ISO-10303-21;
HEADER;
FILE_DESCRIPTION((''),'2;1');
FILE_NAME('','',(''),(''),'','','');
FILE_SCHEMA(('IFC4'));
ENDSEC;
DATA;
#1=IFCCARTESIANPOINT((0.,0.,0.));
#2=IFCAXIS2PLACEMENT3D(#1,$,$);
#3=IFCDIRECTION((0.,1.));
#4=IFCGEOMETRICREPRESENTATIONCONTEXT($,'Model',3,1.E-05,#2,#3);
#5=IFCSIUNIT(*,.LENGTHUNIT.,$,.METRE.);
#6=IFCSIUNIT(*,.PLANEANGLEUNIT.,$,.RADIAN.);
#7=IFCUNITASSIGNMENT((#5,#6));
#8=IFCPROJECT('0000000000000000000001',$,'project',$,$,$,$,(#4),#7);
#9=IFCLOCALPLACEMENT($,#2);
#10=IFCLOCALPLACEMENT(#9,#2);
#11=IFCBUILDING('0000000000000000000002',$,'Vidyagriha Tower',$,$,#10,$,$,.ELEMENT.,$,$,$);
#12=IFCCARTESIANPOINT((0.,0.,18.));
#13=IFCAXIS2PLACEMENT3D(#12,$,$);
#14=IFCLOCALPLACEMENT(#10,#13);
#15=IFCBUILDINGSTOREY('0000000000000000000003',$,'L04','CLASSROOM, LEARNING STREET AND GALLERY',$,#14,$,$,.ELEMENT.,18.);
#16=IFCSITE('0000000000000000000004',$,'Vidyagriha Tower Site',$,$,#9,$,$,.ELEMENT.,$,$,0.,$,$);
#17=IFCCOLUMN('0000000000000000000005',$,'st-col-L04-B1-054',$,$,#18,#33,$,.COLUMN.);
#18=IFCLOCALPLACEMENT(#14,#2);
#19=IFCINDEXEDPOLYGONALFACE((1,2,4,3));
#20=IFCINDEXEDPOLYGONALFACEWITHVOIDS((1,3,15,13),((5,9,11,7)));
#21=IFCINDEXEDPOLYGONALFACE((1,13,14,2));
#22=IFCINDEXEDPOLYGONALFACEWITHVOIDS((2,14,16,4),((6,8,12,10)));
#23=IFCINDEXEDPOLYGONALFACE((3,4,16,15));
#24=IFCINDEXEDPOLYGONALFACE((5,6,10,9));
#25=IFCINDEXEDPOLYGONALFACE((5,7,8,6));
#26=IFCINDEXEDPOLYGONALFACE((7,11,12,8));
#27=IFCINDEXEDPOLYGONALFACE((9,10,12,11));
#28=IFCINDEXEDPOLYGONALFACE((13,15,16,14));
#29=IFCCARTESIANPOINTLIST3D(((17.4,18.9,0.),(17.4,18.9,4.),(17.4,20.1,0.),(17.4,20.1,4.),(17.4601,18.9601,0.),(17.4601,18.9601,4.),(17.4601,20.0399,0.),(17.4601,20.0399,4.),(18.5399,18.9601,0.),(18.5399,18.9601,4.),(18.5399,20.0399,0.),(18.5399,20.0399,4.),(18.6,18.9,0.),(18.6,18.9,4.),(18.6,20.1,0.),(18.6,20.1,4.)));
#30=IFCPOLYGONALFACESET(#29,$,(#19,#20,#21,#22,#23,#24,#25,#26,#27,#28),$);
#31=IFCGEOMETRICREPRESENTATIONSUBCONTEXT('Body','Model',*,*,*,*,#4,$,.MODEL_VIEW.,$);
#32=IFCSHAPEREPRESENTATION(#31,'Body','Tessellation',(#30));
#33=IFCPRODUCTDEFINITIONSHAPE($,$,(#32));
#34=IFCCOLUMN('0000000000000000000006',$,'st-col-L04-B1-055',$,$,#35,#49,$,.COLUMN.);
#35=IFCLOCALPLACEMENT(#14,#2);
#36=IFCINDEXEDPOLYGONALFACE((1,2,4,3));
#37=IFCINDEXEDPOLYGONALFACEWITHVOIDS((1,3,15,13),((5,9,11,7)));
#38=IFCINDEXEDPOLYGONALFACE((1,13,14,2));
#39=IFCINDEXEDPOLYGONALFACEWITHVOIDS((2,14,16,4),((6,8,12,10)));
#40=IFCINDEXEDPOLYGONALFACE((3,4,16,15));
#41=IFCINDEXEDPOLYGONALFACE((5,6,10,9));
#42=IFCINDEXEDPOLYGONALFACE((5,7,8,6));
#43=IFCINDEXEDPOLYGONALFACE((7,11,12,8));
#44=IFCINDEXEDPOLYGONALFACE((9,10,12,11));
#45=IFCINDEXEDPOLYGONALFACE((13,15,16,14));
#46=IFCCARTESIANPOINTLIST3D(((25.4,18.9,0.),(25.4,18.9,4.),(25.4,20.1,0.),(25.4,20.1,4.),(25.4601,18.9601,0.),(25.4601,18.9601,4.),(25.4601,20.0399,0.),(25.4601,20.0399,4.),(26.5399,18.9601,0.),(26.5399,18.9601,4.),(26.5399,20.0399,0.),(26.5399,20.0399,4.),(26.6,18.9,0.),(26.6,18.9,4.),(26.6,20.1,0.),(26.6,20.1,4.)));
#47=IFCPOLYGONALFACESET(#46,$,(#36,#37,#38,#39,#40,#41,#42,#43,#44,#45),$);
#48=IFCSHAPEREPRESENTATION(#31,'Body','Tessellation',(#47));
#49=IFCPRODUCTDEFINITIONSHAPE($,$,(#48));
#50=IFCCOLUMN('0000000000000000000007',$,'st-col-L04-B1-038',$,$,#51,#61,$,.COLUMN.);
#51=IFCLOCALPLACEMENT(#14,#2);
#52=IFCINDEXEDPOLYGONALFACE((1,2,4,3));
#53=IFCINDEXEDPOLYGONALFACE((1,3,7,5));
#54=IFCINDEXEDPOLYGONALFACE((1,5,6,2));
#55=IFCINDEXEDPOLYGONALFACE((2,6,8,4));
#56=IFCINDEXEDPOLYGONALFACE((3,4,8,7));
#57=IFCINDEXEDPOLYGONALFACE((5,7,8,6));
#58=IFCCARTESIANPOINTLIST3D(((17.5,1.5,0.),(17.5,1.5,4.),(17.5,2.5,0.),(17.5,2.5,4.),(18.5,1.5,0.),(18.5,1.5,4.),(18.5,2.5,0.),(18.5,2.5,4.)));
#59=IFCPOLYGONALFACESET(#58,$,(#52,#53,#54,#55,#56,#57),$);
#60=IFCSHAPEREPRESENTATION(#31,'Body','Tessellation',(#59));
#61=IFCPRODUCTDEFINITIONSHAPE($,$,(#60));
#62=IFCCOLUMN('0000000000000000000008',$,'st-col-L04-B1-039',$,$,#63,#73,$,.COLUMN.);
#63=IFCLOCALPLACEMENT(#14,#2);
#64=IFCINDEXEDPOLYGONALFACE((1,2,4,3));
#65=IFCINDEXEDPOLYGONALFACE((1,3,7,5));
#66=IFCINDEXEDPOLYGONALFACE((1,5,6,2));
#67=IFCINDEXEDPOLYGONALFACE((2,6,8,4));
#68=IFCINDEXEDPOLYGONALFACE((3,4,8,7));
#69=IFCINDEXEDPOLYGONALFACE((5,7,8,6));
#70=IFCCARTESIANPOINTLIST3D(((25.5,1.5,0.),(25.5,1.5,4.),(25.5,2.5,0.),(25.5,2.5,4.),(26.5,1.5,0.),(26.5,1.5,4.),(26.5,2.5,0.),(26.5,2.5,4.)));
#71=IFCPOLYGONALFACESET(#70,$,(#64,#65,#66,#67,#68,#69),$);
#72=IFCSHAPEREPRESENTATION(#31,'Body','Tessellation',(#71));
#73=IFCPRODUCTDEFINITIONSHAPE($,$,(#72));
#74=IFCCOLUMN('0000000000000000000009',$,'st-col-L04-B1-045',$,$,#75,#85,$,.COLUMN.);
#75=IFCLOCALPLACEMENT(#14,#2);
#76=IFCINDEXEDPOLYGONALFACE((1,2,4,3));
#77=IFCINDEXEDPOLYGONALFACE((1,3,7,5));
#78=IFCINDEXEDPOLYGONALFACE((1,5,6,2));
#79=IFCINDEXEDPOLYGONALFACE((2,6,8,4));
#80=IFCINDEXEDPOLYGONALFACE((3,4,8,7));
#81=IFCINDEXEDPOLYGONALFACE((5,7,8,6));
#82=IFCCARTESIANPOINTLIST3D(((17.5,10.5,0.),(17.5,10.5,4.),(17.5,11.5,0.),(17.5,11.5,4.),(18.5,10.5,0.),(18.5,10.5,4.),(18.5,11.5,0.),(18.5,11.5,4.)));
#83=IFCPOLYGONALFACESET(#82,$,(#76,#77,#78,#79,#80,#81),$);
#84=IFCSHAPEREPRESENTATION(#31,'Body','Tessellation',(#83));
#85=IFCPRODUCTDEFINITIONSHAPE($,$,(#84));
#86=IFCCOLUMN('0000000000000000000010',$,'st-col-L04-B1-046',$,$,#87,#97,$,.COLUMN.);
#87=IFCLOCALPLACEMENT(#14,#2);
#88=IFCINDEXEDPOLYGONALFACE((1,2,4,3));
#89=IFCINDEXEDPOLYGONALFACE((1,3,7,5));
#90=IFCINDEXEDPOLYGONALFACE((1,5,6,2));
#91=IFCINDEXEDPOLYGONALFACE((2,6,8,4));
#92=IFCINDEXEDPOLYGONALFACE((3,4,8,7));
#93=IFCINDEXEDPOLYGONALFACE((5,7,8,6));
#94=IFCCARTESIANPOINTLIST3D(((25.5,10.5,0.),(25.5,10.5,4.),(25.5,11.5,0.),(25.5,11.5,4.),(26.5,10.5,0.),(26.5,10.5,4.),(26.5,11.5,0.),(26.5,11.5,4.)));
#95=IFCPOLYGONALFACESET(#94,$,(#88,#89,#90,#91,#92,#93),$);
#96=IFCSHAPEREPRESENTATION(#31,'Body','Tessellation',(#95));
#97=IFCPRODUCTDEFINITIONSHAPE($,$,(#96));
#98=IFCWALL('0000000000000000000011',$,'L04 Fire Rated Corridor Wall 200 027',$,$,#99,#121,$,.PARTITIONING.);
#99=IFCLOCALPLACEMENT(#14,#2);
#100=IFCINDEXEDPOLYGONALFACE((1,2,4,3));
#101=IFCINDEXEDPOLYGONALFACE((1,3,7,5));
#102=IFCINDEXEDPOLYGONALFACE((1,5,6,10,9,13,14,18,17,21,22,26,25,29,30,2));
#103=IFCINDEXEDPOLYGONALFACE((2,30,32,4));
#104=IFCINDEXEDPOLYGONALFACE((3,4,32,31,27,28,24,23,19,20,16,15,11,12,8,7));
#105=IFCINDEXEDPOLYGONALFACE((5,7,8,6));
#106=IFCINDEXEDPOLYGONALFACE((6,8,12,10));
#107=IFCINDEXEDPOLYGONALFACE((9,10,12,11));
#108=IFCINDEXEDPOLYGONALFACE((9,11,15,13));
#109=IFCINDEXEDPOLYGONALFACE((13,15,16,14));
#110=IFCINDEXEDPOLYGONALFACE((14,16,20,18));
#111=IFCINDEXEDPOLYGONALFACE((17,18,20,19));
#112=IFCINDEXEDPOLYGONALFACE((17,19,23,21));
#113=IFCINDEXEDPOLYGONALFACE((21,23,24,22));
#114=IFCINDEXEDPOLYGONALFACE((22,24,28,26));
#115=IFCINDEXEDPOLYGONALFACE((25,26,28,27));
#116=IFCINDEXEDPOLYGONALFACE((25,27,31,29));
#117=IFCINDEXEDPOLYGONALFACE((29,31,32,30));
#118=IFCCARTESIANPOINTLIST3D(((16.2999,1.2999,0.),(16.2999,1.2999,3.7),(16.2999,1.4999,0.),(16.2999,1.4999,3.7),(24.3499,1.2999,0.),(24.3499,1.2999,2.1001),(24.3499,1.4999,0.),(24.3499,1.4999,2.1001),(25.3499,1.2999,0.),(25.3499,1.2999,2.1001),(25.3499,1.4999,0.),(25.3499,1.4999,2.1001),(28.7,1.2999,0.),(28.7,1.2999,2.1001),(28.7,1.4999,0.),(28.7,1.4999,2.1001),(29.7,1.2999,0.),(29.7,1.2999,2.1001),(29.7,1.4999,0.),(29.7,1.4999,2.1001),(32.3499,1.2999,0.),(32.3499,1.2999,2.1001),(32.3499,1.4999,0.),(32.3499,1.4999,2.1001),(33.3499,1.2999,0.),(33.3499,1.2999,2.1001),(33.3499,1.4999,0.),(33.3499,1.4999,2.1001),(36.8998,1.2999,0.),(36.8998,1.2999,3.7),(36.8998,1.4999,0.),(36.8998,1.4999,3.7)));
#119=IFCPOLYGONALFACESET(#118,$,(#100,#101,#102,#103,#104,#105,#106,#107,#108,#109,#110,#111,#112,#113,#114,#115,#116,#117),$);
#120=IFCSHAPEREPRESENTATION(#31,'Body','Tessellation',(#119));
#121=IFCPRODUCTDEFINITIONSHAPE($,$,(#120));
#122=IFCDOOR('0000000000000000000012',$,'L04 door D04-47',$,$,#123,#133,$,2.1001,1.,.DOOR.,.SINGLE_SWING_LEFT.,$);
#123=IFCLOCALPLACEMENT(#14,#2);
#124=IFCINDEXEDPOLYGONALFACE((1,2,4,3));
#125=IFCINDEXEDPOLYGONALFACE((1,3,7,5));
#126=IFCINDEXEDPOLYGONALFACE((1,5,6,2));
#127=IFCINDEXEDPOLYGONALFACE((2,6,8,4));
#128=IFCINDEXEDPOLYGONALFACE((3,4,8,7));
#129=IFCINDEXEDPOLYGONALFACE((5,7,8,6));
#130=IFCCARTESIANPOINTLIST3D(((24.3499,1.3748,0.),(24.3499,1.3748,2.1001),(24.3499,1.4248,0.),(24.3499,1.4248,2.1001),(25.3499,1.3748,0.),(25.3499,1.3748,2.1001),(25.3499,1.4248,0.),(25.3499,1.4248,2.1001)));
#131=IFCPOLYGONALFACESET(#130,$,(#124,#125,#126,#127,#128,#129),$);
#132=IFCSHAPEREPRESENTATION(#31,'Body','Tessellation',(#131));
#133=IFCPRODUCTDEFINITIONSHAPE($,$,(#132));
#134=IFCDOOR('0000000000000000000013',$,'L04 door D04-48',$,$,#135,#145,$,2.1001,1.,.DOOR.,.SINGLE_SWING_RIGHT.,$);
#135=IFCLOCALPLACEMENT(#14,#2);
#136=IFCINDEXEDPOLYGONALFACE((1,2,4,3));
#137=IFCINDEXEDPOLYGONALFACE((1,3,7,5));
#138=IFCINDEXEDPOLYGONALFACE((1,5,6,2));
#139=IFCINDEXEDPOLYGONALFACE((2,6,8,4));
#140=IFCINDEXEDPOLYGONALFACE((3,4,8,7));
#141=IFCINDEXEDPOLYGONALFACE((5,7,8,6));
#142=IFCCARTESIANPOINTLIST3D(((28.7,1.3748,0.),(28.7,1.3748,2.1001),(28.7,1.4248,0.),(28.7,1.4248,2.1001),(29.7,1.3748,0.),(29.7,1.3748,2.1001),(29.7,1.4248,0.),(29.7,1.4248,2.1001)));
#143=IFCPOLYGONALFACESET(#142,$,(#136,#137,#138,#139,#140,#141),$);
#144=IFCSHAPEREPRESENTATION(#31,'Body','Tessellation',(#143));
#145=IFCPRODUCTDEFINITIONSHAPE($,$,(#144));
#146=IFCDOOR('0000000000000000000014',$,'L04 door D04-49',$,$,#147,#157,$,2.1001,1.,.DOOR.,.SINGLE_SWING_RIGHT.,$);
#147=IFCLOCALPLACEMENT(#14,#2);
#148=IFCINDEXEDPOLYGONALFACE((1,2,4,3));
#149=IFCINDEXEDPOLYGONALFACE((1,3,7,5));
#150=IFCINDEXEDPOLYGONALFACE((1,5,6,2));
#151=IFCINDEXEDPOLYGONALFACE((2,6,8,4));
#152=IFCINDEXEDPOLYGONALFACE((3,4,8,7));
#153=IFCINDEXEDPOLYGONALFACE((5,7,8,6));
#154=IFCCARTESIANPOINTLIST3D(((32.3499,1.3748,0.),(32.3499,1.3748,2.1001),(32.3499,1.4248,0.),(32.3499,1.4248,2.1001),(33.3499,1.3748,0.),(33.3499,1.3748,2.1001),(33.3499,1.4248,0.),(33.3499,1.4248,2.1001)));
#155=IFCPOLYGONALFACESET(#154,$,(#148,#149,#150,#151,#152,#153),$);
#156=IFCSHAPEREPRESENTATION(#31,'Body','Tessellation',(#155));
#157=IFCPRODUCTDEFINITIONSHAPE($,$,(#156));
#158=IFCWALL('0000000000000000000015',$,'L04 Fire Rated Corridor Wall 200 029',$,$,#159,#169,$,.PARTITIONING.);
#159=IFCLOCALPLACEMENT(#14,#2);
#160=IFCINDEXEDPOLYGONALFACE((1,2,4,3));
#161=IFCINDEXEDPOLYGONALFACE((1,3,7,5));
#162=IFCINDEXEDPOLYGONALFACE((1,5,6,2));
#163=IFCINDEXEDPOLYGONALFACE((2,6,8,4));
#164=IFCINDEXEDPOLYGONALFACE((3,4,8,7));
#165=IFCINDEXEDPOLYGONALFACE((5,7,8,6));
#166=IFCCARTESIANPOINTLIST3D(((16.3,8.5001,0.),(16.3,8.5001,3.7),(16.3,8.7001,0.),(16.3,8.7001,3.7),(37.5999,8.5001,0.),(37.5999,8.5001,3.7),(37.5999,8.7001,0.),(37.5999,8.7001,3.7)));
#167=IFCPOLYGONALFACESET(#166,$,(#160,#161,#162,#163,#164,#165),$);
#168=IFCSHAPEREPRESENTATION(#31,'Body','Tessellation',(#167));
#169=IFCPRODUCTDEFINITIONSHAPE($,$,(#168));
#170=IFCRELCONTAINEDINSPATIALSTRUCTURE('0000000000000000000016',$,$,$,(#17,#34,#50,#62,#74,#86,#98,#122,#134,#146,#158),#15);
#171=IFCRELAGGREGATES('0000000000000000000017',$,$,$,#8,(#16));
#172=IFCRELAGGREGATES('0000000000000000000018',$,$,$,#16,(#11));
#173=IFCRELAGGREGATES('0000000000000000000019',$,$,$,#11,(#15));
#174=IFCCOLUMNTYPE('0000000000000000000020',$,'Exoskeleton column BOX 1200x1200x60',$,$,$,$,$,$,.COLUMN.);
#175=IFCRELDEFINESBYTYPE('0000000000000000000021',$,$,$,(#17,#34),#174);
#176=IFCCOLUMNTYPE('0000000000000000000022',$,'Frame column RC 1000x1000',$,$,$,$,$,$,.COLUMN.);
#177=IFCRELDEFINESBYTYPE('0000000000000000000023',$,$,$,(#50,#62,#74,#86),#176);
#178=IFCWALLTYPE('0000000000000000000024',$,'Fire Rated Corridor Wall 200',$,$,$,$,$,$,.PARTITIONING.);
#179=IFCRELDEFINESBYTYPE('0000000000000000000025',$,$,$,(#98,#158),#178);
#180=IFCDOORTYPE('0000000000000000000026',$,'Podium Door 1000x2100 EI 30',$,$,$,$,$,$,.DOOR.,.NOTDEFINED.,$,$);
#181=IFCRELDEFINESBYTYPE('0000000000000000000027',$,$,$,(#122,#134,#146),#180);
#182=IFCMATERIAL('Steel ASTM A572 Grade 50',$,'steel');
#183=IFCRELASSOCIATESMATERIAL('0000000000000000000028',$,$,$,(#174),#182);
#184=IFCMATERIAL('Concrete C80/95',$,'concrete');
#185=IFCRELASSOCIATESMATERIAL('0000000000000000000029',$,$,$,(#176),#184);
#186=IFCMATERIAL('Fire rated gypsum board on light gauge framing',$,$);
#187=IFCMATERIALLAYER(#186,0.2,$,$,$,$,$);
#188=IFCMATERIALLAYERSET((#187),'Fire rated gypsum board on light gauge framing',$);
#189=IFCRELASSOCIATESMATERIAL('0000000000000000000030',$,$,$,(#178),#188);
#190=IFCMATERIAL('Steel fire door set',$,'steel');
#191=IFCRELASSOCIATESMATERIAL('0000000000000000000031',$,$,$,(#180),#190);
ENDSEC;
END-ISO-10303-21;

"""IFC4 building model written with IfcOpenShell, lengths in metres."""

from ifc_helpers import new_model, si_unit, direction, frame, frame_2d, origin, origin_2d, place, context, subcontext, project, spatial, rectangle, hollow_rectangle, extrude, material, layer, layer_set, material_profile, profile_set, type_object, element, fill, save


model = new_model("IFC4")

# Units and contexts
model_context = context("Model", 3, precision=1e-05, world=origin(), true_north=direction((0.0, 1.0)))
body_context = subcontext(model_context, "Body", "Model", "MODEL_VIEW")
ifc_project = project(units=[si_unit("LENGTHUNIT", "METRE"), si_unit("PLANEANGLEUNIT", "RADIAN")], contexts=[model_context])

# Site, building, storey
site_placement = place(None, origin())
site = spatial("IfcSite", under=ifc_project, at=site_placement, Name="Vidyagriha Tower Site", CompositionType="ELEMENT", RefElevation=0.0)
building_placement = place(site_placement, origin())
building = spatial("IfcBuilding", under=site, at=building_placement, Name="Vidyagriha Tower", CompositionType="ELEMENT")
storey_placement = place(building_placement, frame((0.0, 0.0, 18.0)))
storey = spatial("IfcBuildingStorey", under=building, at=storey_placement, Name="L04", Description="CLASSROOM, LEARNING STREET AND GALLERY", CompositionType="ELEMENT", Elevation=18.0)

# Columns
ifc_material_1 = material(Name="Steel ASTM A572 Grade 50", Category="steel")
ifc_material_profile_1 = material_profile(ifc_material_1, hollow_rectangle(XDim=1.2, YDim=1.2, WallThickness=0.0601, at=origin_2d()), Name="BOX 1200x1200x60")
ifc_profile_set_1 = profile_set([ifc_material_profile_1], Name="Steel ASTM A572 Grade 50")
column_type_1 = type_object("IfcColumnType", Name="Exoskeleton column BOX 1200x1200x60", PredefinedType="COLUMN", material=ifc_profile_set_1)
for number, where, name in (
    (1, (18.0, 19.5, 0.0), "st-col-L04-B1-054"),
    (2, (26.0, 19.5, 0.0), "st-col-L04-B1-055"),
):
    element("IfcColumn", number, at=place(storey_placement, frame(where)), inside=storey, type_object=column_type_1, Name=name, PredefinedType="COLUMN", context=body_context, shape_type="SweptSolid", body=[
        extrude(hollow_rectangle(XDim=1.2, YDim=1.2, WallThickness=0.0601, at=origin_2d()), origin(), (0.0, 0.0, 1.0), 4.0),
    ])
ifc_material_2 = material(Name="Concrete C80/95", Category="concrete")
ifc_material_profile_2 = material_profile(ifc_material_2, rectangle(XDim=1.0, YDim=1.0, at=origin_2d()), Name="RC 1000x1000")
ifc_profile_set_2 = profile_set([ifc_material_profile_2], Name="Concrete C80/95")
column_type_2 = type_object("IfcColumnType", Name="Frame column RC 1000x1000", PredefinedType="COLUMN", material=ifc_profile_set_2)
for number, where, name in (
    (3, (18.0, 2.0, 0.0), "st-col-L04-B1-038"),
    (4, (26.0, 2.0, 0.0), "st-col-L04-B1-039"),
    (5, (18.0, 11.0, 0.0), "st-col-L04-B1-045"),
    (6, (26.0, 11.0, 0.0), "st-col-L04-B1-046"),
):
    element("IfcColumn", number, at=place(storey_placement, frame(where)), inside=storey, type_object=column_type_2, Name=name, PredefinedType="COLUMN", context=body_context, shape_type="SweptSolid", body=[
        extrude(rectangle(XDim=1.0, YDim=1.0, at=origin_2d()), origin(), (0.0, 0.0, 1.0), 4.0),
    ])

# Wall, openings, doors
ifc_material_3 = material(Name="Fire rated gypsum board on light gauge framing")
ifc_layer_1 = layer(ifc_material_3, 0.2)
ifc_layer_set_1 = layer_set([ifc_layer_1], Name="Fire rated gypsum board on light gauge framing")
wall_type_1 = type_object("IfcWallType", Name="Fire Rated Corridor Wall 200", PredefinedType="PARTITIONING", material=ifc_layer_set_1)
wall_1_placement = place(storey_placement, frame((16.3, 1.3999, 0.0)))
wall_1 = element("IfcWall", 7, at=wall_1_placement, inside=storey, type_object=wall_type_1, Name="L04 Fire Rated Corridor Wall 200 027", PredefinedType="PARTITIONING", context=body_context, shape_type="SweptSolid", body=[
    extrude(rectangle(XDim=20.5999, YDim=0.2, at=frame_2d((10.2998, 0.0))), origin(), (0.0, 0.0, 1.0), 3.7),
])
opening_1_placement = place(wall_1_placement, frame((8.0498, 0.0, 0.0)))
opening_1 = element("IfcOpeningElement", 8, at=opening_1_placement, cuts=wall_1, PredefinedType="OPENING", context=body_context, shape_type="SweptSolid", body=[
    extrude(rectangle(XDim=1.0, YDim=2.1001, at=frame_2d((0.5, 1.05))), frame((0.0, 0.1099, 0.0), z_axis=(0.0, -1.0, 0.0), x_axis=(1.0, 0.0, 0.0)), (0.0, 0.0, 1.0), 0.22),
])
opening_2_placement = place(wall_1_placement, frame((12.3999, 0.0, 0.0)))
opening_2 = element("IfcOpeningElement", 9, at=opening_2_placement, cuts=wall_1, PredefinedType="OPENING", context=body_context, shape_type="SweptSolid", body=[
    extrude(rectangle(XDim=1.0, YDim=2.1001, at=frame_2d((0.5, 1.05))), frame((0.0, 0.1099, 0.0), z_axis=(0.0, -1.0, 0.0), x_axis=(1.0, 0.0, 0.0)), (0.0, 0.0, 1.0), 0.22),
])
opening_3_placement = place(wall_1_placement, frame((16.0498, 0.0, 0.0)))
opening_3 = element("IfcOpeningElement", 10, at=opening_3_placement, cuts=wall_1, PredefinedType="OPENING", context=body_context, shape_type="SweptSolid", body=[
    extrude(rectangle(XDim=1.0, YDim=2.1001, at=frame_2d((0.5, 1.05))), frame((0.0, 0.1099, 0.0), z_axis=(0.0, -1.0, 0.0), x_axis=(1.0, 0.0, 0.0)), (0.0, 0.0, 1.0), 0.22),
])
ifc_material_4 = material(Name="Steel fire door set", Category="steel")
door_type_1 = type_object("IfcDoorType", Name="Podium Door 1000x2100 EI 30", OperationType="NOTDEFINED", PredefinedType="DOOR", material=ifc_material_4)
door_1_placement = place(opening_1_placement, origin())
door_1 = element("IfcDoor", 11, at=door_1_placement, inside=storey, type_object=door_type_1, Name="L04 door D04-47", OperationType="SINGLE_SWING_LEFT", OverallHeight=2.1001, OverallWidth=1.0, PredefinedType="DOOR", context=body_context, shape_type="SweptSolid", body=[
    extrude(rectangle(XDim=1.0, YDim=2.1001, at=frame_2d((0.5, 1.05))), frame((0.0, 0.0249, 0.0), z_axis=(0.0, -1.0, 0.0), x_axis=(1.0, 0.0, 0.0)), (0.0, 0.0, 1.0), 0.05),
])
fill(opening_1, door_1)
door_2_placement = place(opening_2_placement, origin())
door_2 = element("IfcDoor", 12, at=door_2_placement, inside=storey, type_object=door_type_1, Name="L04 door D04-48", OperationType="SINGLE_SWING_RIGHT", OverallHeight=2.1001, OverallWidth=1.0, PredefinedType="DOOR", context=body_context, shape_type="SweptSolid", body=[
    extrude(rectangle(XDim=1.0, YDim=2.1001, at=frame_2d((0.5, 1.05))), frame((0.0, 0.0249, 0.0), z_axis=(0.0, -1.0, 0.0), x_axis=(1.0, 0.0, 0.0)), (0.0, 0.0, 1.0), 0.05),
])
fill(opening_2, door_2)
door_3_placement = place(opening_3_placement, origin())
door_3 = element("IfcDoor", 13, at=door_3_placement, inside=storey, type_object=door_type_1, Name="L04 door D04-49", OperationType="SINGLE_SWING_RIGHT", OverallHeight=2.1001, OverallWidth=1.0, PredefinedType="DOOR", context=body_context, shape_type="SweptSolid", body=[
    extrude(rectangle(XDim=1.0, YDim=2.1001, at=frame_2d((0.5, 1.05))), frame((0.0, 0.0249, 0.0), z_axis=(0.0, -1.0, 0.0), x_axis=(1.0, 0.0, 0.0)), (0.0, 0.0, 1.0), 0.05),
])
fill(opening_3, door_3)

# Wall
wall_2_placement = place(storey_placement, frame((16.3, 8.6001, 0.0)))
element("IfcWall", 14, at=wall_2_placement, inside=storey, type_object=wall_type_1, Name="L04 Fire Rated Corridor Wall 200 029", PredefinedType="PARTITIONING", context=body_context, shape_type="SweptSolid", body=[
    extrude(rectangle(XDim=21.2998, YDim=0.2, at=frame_2d((10.6499, 0.0))), origin(), (0.0, 0.0, 1.0), 3.7),
])

save(model, "model.ifc")
